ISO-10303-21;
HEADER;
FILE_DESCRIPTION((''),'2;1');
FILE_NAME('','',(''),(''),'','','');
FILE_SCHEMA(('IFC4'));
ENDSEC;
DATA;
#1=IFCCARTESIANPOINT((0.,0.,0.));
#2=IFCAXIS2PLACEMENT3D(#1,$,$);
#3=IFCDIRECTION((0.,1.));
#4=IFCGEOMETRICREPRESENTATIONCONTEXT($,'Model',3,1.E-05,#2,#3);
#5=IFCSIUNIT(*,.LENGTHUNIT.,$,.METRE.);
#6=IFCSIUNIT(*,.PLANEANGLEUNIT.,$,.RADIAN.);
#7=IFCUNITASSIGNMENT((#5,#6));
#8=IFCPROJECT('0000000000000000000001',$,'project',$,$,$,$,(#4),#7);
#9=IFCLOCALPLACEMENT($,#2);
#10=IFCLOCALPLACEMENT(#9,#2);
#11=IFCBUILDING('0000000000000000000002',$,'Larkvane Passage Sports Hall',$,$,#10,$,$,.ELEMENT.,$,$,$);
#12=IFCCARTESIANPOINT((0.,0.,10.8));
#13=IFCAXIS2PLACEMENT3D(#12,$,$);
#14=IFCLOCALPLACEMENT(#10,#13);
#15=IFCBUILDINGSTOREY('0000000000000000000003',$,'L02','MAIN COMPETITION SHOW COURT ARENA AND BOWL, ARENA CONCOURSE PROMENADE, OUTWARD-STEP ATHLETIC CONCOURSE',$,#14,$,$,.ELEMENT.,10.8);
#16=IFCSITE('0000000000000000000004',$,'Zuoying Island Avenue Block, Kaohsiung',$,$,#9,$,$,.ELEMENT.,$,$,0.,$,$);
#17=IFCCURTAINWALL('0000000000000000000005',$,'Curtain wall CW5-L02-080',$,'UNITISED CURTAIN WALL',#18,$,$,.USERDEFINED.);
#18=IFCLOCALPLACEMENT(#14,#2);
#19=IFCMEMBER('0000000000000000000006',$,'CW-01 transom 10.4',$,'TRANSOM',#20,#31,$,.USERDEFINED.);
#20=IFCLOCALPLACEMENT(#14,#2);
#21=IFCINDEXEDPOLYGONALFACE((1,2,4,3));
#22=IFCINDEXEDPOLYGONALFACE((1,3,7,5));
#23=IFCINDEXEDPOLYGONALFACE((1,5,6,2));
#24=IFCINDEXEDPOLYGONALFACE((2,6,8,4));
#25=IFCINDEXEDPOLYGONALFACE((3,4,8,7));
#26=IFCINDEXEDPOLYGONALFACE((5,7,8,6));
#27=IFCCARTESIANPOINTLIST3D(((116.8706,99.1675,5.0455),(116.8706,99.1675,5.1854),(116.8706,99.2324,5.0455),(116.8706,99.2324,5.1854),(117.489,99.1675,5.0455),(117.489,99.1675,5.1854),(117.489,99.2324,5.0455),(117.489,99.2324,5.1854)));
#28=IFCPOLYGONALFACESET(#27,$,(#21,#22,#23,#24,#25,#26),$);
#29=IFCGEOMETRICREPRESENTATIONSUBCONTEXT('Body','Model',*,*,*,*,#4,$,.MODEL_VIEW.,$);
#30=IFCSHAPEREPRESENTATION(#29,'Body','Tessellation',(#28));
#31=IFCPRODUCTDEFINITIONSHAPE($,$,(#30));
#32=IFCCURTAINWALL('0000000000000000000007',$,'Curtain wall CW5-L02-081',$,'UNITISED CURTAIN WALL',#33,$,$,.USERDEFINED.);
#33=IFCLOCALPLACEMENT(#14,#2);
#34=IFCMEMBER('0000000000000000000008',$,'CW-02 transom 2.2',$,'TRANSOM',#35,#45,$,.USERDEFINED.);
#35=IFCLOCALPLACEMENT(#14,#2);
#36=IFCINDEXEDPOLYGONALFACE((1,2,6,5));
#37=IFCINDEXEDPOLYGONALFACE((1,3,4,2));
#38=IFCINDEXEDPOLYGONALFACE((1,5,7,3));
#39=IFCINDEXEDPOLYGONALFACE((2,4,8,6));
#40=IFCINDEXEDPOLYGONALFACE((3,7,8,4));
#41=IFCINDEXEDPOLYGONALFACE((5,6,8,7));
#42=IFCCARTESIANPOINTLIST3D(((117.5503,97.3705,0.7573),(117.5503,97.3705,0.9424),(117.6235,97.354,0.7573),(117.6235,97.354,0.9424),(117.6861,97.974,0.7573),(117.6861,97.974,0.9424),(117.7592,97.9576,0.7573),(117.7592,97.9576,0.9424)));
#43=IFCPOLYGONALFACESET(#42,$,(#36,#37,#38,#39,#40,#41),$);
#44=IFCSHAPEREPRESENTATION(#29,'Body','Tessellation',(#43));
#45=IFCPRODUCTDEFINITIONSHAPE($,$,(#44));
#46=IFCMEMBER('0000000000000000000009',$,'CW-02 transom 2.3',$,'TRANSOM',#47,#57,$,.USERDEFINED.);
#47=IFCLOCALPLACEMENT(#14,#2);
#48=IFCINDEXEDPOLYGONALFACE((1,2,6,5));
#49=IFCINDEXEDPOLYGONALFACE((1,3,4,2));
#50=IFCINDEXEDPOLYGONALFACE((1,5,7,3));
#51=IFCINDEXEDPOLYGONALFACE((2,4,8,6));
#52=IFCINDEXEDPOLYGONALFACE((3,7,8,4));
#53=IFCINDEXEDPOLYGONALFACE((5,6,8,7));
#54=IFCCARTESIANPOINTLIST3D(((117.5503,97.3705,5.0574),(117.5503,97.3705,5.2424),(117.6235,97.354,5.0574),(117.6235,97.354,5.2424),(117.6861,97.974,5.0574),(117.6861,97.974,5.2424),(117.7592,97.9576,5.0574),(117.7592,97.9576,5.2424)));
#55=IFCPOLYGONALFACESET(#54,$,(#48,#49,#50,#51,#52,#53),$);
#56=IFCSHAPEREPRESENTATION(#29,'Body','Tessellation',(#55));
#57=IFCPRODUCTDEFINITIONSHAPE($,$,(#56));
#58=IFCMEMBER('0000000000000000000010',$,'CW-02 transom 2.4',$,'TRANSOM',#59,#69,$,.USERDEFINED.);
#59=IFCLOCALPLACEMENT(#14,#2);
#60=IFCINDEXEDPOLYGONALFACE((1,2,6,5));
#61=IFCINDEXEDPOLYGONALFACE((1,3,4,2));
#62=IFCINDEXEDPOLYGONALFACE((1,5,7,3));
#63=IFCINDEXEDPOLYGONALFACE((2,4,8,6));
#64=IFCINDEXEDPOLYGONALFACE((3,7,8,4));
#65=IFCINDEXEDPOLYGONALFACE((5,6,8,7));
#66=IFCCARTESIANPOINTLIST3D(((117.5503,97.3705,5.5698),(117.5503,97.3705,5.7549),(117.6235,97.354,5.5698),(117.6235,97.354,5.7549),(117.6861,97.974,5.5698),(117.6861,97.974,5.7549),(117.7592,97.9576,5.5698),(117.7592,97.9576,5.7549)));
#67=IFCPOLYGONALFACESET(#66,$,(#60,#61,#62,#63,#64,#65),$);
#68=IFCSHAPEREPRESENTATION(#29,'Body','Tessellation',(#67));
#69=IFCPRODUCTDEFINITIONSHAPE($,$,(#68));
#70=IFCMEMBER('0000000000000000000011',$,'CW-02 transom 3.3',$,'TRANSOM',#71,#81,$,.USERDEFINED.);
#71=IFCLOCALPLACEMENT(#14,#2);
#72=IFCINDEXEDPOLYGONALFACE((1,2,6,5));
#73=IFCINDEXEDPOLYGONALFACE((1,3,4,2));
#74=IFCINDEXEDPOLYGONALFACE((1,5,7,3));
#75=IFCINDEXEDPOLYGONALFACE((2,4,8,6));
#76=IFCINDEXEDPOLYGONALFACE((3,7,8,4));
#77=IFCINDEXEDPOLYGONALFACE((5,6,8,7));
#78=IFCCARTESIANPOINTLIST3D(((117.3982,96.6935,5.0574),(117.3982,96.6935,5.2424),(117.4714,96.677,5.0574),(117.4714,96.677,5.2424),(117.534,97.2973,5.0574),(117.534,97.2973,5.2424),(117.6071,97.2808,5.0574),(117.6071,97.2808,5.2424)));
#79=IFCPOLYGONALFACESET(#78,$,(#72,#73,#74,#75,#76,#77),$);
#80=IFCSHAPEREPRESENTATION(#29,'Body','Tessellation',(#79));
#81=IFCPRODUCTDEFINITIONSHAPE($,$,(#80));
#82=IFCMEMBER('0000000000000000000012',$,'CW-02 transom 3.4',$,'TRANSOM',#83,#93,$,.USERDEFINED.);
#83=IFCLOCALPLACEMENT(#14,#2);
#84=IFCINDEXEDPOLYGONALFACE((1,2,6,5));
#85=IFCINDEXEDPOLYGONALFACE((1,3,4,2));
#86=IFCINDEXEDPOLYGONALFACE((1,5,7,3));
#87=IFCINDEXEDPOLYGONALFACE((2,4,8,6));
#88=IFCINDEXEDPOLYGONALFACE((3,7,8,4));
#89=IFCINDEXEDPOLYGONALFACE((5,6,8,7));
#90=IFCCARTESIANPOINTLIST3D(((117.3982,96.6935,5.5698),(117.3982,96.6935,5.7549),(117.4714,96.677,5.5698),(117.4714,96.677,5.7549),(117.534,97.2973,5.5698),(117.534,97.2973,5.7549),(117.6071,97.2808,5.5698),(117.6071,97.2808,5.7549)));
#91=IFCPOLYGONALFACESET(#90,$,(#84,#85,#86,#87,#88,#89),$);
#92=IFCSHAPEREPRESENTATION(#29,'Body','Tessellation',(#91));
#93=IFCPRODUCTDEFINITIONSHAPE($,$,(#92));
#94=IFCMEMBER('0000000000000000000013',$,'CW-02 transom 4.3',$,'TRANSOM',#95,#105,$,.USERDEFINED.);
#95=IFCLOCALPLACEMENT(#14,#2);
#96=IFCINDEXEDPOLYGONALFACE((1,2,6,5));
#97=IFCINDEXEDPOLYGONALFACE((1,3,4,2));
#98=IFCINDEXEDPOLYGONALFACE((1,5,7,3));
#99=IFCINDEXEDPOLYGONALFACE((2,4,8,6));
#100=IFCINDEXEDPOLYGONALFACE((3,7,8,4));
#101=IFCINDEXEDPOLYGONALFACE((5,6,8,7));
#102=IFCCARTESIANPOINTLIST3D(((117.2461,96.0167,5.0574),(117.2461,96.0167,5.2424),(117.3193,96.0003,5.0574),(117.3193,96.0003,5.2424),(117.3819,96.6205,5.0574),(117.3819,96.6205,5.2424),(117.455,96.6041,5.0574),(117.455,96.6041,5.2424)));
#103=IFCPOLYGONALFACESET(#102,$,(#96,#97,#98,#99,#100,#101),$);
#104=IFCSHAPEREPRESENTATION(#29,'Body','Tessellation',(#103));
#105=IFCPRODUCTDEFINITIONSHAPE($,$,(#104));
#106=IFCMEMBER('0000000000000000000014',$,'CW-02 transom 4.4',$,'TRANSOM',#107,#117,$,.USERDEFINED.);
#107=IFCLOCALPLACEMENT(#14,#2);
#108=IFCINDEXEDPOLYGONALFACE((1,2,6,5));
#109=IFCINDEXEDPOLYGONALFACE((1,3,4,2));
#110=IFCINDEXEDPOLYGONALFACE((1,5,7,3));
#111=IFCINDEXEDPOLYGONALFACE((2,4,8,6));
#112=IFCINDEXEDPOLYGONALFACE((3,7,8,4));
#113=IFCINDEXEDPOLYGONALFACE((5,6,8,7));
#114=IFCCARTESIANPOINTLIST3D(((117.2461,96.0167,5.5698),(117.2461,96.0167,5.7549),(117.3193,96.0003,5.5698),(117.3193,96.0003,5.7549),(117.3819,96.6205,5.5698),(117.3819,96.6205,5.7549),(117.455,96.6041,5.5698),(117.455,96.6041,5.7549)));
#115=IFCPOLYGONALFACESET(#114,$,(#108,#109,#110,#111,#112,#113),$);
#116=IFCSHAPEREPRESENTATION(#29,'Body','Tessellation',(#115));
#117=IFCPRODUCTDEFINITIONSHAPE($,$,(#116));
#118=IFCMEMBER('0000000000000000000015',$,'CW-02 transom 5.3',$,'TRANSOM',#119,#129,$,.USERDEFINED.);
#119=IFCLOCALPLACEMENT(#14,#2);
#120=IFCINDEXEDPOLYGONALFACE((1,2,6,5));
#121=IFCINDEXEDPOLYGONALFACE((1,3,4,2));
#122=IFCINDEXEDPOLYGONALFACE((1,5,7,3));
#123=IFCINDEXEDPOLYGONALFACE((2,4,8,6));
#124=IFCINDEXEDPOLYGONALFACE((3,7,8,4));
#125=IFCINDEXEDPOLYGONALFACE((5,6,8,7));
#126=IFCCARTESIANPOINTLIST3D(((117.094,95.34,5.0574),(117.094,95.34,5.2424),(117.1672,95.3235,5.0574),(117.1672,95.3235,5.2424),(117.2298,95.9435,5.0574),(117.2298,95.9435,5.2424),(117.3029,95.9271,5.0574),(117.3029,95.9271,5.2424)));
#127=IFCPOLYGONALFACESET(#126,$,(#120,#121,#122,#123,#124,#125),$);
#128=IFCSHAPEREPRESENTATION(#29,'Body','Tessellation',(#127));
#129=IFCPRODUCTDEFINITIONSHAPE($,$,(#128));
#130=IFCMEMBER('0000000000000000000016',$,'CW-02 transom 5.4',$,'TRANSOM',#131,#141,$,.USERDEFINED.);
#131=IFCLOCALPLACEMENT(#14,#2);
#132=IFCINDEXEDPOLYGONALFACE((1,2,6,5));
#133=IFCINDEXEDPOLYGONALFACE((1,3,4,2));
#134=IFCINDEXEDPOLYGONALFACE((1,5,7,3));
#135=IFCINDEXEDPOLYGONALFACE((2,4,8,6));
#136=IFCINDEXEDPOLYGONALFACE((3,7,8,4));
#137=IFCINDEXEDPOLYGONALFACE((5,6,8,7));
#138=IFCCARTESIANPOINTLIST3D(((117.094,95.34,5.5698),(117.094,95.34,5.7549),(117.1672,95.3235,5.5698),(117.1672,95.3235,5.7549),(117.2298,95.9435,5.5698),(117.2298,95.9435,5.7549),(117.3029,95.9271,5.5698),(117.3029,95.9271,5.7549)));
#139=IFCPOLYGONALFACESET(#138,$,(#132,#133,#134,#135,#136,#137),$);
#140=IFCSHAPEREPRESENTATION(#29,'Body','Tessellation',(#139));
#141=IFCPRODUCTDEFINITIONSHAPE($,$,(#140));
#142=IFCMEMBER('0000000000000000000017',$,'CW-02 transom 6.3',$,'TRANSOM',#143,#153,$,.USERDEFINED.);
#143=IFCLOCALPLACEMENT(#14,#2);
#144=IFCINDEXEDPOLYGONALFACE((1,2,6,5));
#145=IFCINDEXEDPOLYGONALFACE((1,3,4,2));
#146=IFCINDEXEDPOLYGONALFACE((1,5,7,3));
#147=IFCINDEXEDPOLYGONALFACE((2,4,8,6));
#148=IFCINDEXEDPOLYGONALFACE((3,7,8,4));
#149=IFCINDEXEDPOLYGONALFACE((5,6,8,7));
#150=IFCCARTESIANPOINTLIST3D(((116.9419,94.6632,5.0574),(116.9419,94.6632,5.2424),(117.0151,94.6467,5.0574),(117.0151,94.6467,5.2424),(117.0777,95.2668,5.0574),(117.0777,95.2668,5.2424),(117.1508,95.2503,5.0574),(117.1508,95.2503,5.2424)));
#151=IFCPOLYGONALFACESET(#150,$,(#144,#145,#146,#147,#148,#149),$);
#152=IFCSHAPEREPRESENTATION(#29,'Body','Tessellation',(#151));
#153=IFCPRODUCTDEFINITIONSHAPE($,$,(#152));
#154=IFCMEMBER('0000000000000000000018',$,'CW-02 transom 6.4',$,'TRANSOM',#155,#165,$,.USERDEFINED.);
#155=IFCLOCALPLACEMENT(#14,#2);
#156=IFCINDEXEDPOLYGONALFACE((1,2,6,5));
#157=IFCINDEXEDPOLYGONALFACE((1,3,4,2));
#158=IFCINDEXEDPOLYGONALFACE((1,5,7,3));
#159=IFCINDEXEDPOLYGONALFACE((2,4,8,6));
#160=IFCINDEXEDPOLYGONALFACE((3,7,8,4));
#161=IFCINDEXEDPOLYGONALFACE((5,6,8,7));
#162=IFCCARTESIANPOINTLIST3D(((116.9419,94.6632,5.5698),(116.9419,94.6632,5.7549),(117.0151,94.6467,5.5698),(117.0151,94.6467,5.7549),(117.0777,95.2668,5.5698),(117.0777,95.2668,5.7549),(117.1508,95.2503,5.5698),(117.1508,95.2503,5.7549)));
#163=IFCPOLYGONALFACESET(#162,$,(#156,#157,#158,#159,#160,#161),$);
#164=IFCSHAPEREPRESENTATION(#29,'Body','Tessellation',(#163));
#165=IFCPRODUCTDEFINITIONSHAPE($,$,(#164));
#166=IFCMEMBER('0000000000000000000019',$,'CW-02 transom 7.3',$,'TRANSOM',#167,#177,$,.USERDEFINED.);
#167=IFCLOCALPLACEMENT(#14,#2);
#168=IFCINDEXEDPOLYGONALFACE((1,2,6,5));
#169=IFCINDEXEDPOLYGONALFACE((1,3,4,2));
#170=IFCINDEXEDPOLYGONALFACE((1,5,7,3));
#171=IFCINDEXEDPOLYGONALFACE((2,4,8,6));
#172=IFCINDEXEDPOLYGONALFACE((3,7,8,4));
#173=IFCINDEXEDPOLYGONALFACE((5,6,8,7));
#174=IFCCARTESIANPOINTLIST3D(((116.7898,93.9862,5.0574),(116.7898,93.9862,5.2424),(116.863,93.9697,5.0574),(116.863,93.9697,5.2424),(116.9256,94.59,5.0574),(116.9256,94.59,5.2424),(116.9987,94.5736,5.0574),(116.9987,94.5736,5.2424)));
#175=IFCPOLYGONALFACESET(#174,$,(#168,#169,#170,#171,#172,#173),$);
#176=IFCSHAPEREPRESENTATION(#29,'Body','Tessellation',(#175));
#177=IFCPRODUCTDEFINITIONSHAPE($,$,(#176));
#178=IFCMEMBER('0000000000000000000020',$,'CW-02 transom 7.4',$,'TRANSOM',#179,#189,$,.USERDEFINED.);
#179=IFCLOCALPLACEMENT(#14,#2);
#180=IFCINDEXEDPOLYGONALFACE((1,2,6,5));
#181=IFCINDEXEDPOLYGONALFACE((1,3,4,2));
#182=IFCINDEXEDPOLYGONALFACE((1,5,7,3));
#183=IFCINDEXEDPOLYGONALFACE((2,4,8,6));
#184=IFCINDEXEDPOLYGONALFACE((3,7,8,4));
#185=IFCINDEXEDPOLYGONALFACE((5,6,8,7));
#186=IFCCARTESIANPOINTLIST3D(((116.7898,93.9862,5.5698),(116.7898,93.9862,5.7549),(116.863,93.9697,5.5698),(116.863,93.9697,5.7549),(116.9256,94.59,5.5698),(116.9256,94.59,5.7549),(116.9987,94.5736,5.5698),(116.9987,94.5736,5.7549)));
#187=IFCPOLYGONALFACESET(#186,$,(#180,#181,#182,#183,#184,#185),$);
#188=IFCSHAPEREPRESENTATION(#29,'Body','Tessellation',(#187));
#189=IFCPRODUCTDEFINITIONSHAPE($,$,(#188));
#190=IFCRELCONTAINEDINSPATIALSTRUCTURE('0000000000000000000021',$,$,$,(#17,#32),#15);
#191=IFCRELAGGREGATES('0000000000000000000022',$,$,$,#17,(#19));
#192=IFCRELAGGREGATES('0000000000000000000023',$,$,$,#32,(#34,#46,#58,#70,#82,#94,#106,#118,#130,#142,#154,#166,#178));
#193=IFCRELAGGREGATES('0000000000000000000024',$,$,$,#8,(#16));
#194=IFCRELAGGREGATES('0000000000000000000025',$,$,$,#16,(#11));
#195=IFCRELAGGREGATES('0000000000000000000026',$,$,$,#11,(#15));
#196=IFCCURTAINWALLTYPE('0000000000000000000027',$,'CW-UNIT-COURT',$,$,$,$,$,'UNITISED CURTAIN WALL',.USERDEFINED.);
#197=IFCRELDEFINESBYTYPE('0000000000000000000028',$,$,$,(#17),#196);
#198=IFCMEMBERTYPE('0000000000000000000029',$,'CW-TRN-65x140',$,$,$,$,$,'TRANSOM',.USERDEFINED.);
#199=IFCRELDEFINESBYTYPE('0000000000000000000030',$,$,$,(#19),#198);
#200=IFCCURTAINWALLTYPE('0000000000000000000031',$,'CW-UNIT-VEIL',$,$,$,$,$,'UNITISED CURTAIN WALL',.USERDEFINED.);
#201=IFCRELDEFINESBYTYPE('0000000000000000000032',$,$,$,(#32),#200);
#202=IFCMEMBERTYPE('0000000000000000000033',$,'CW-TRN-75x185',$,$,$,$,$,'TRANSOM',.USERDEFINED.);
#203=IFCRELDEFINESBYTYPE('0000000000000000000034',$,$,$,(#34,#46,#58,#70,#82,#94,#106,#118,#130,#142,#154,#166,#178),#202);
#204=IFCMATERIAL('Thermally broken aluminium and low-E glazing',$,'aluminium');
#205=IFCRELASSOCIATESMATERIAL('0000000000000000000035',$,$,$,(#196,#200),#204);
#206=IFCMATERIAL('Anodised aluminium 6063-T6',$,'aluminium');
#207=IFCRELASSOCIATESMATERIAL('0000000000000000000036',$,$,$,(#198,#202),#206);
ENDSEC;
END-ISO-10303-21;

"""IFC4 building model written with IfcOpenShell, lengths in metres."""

from ifc_helpers import new_model, si_unit, direction, frame, origin, origin_2d, place, context, subcontext, project, spatial, rectangle, extrude, material, material_profile, profile_set, type_object, element, aggregate, save


model = new_model("IFC4")

# Units and contexts
model_context = context("Model", 3, precision=1e-05, world=origin(), true_north=direction((0.0, 1.0)))
body_context = subcontext(model_context, "Body", "Model", "MODEL_VIEW")
ifc_project = project(units=[si_unit("LENGTHUNIT", "METRE"), si_unit("PLANEANGLEUNIT", "RADIAN")], contexts=[model_context])

# Site, building, storey
site_placement = place(None, origin())
site = spatial("IfcSite", under=ifc_project, at=site_placement, Name="Zuoying Island Avenue Block, Kaohsiung", CompositionType="ELEMENT", RefElevation=0.0)
building_placement = place(site_placement, origin())
building = spatial("IfcBuilding", under=site, at=building_placement, Name="Larkvane Passage Sports Hall", CompositionType="ELEMENT")
storey_placement = place(building_placement, frame((0.0, 0.0, 10.8)))
storey = spatial("IfcBuildingStorey", under=building, at=storey_placement, Name="L02", Description="MAIN COMPETITION SHOW COURT ARENA AND BOWL, ARENA CONCOURSE PROMENADE, OUTWARD-STEP ATHLETIC CONCOURSE", CompositionType="ELEMENT", Elevation=10.8)

# Curtain wall, member
ifc_material_1 = material(Name="Thermally broken aluminium and low-E glazing", Category="aluminium")
curtain_wall_type_1 = type_object("IfcCurtainWallType", Name="CW-UNIT-COURT", ElementType="UNITISED CURTAIN WALL", PredefinedType="USERDEFINED", material=ifc_material_1)
curtain_wall_1_placement = place(storey_placement, origin())
curtain_wall_1 = element("IfcCurtainWall", 1, at=curtain_wall_1_placement, inside=storey, type_object=curtain_wall_type_1, Name="Curtain wall CW5-L02-080", ObjectType="UNITISED CURTAIN WALL", PredefinedType="USERDEFINED")
ifc_material_2 = material(Name="Anodised aluminium 6063-T6", Category="aluminium")
ifc_material_profile_1 = material_profile(ifc_material_2, rectangle(XDim=0.0649, YDim=0.1399, at=origin_2d()), Name="ALU-TRN-65x140")
ifc_profile_set_1 = profile_set([ifc_material_profile_1], Name="Anodised aluminium 6063-T6")
member_type_1 = type_object("IfcMemberType", Name="CW-TRN-65x140", ElementType="TRANSOM", PredefinedType="USERDEFINED", material=ifc_profile_set_1)
member_1_placement = place(storey_placement, frame((116.8706, 99.2, 5.1155), z_axis=(1.0, 0.0, 0.0), x_axis=(0.0, 1.0, 0.0)))
member_1 = element("IfcMember", 2, at=member_1_placement, type_object=member_type_1, Name="CW-01 transom 10.4", ObjectType="TRANSOM", PredefinedType="USERDEFINED", context=body_context, shape_type="SweptSolid", body=[
    extrude(rectangle(XDim=0.0649, YDim=0.1399, at=origin_2d()), origin(), (0.0, 0.0, 1.0), 0.6184),
])

# Curtain wall, members
curtain_wall_type_2 = type_object("IfcCurtainWallType", Name="CW-UNIT-VEIL", ElementType="UNITISED CURTAIN WALL", PredefinedType="USERDEFINED", material=ifc_material_1)
curtain_wall_2_placement = place(storey_placement, origin())
curtain_wall_2 = element("IfcCurtainWall", 3, at=curtain_wall_2_placement, inside=storey, type_object=curtain_wall_type_2, Name="Curtain wall CW5-L02-081", ObjectType="UNITISED CURTAIN WALL", PredefinedType="USERDEFINED")
ifc_material_profile_2 = material_profile(ifc_material_2, rectangle(XDim=0.075, YDim=0.1851, at=origin_2d()), Name="ALU-TRN-75x185")
ifc_profile_set_2 = profile_set([ifc_material_profile_2], Name="Anodised aluminium 6063-T6")
member_type_2 = type_object("IfcMemberType", Name="CW-TRN-75x185", ElementType="TRANSOM", PredefinedType="USERDEFINED", material=ifc_profile_set_2)
member_2_placement = place(storey_placement, frame((117.7227, 97.9658, 0.8499), z_axis=(-0.219437, -0.975627, 0.0), x_axis=(0.975627, -0.219437, 0.0)))
member_2 = element("IfcMember", 4, at=member_2_placement, type_object=member_type_2, Name="CW-02 transom 2.2", ObjectType="TRANSOM", PredefinedType="USERDEFINED", context=body_context, shape_type="SweptSolid", body=[
    extrude(rectangle(XDim=0.075, YDim=0.1851, at=origin_2d()), origin(), (0.0, 0.0, 1.0), 0.6187),
])
member_3_placement = place(storey_placement, frame((117.7227, 97.9658, 5.1499), z_axis=(-0.219437, -0.975627, 0.0), x_axis=(0.975627, -0.219437, 0.0)))
member_3 = element("IfcMember", 5, at=member_3_placement, type_object=member_type_2, Name="CW-02 transom 2.3", ObjectType="TRANSOM", PredefinedType="USERDEFINED", context=body_context, shape_type="SweptSolid", body=[
    extrude(rectangle(XDim=0.075, YDim=0.1851, at=origin_2d()), origin(), (0.0, 0.0, 1.0), 0.6187),
])
member_4_placement = place(storey_placement, frame((117.7227, 97.9658, 5.6624), z_axis=(-0.219437, -0.975627, 0.0), x_axis=(0.975627, -0.219437, 0.0)))
member_4 = element("IfcMember", 6, at=member_4_placement, type_object=member_type_2, Name="CW-02 transom 2.4", ObjectType="TRANSOM", PredefinedType="USERDEFINED", context=body_context, shape_type="SweptSolid", body=[
    extrude(rectangle(XDim=0.075, YDim=0.1851, at=origin_2d()), origin(), (0.0, 0.0, 1.0), 0.6187),
])
member_5_placement = place(storey_placement, frame((117.5706, 97.2891, 5.1499), z_axis=(-0.219353, -0.975646, 0.0), x_axis=(0.975646, -0.219353, 0.0)))
member_5 = element("IfcMember", 7, at=member_5_placement, type_object=member_type_2, Name="CW-02 transom 3.3", ObjectType="TRANSOM", PredefinedType="USERDEFINED", context=body_context, shape_type="SweptSolid", body=[
    extrude(rectangle(XDim=0.075, YDim=0.1851, at=origin_2d()), origin(), (0.0, 0.0, 1.0), 0.6189),
])
member_6_placement = place(storey_placement, frame((117.5706, 97.2891, 5.6624), z_axis=(-0.219353, -0.975646, 0.0), x_axis=(0.975646, -0.219353, 0.0)))
member_6 = element("IfcMember", 8, at=member_6_placement, type_object=member_type_2, Name="CW-02 transom 3.4", ObjectType="TRANSOM", PredefinedType="USERDEFINED", context=body_context, shape_type="SweptSolid", body=[
    extrude(rectangle(XDim=0.075, YDim=0.1851, at=origin_2d()), origin(), (0.0, 0.0, 1.0), 0.6189),
])
member_7_placement = place(storey_placement, frame((117.4185, 96.6123, 5.1499), z_axis=(-0.219353, -0.975646, 0.0), x_axis=(0.975646, -0.219353, 0.0)))
member_7 = element("IfcMember", 9, at=member_7_placement, type_object=member_type_2, Name="CW-02 transom 4.3", ObjectType="TRANSOM", PredefinedType="USERDEFINED", context=body_context, shape_type="SweptSolid", body=[
    extrude(rectangle(XDim=0.075, YDim=0.1851, at=origin_2d()), origin(), (0.0, 0.0, 1.0), 0.6189),
])
member_8_placement = place(storey_placement, frame((117.4185, 96.6123, 5.6624), z_axis=(-0.219353, -0.975646, 0.0), x_axis=(0.975646, -0.219353, 0.0)))
member_8 = element("IfcMember", 10, at=member_8_placement, type_object=member_type_2, Name="CW-02 transom 4.4", ObjectType="TRANSOM", PredefinedType="USERDEFINED", context=body_context, shape_type="SweptSolid", body=[
    extrude(rectangle(XDim=0.075, YDim=0.1851, at=origin_2d()), origin(), (0.0, 0.0, 1.0), 0.6189),
])
member_9_placement = place(storey_placement, frame((117.2664, 95.9353, 5.1499), z_axis=(-0.219437, -0.975627, 0.0), x_axis=(0.975627, -0.219437, 0.0)))
member_9 = element("IfcMember", 11, at=member_9_placement, type_object=member_type_2, Name="CW-02 transom 5.3", ObjectType="TRANSOM", PredefinedType="USERDEFINED", context=body_context, shape_type="SweptSolid", body=[
    extrude(rectangle(XDim=0.075, YDim=0.1851, at=origin_2d()), origin(), (0.0, 0.0, 1.0), 0.6187),
])
member_10_placement = place(storey_placement, frame((117.2664, 95.9353, 5.6624), z_axis=(-0.219437, -0.975627, 0.0), x_axis=(0.975627, -0.219437, 0.0)))
member_10 = element("IfcMember", 12, at=member_10_placement, type_object=member_type_2, Name="CW-02 transom 5.4", ObjectType="TRANSOM", PredefinedType="USERDEFINED", context=body_context, shape_type="SweptSolid", body=[
    extrude(rectangle(XDim=0.075, YDim=0.1851, at=origin_2d()), origin(), (0.0, 0.0, 1.0), 0.6187),
])
member_11_placement = place(storey_placement, frame((117.1143, 95.2585, 5.1499), z_axis=(-0.219437, -0.975627, 0.0), x_axis=(0.975627, -0.219437, 0.0)))
member_11 = element("IfcMember", 13, at=member_11_placement, type_object=member_type_2, Name="CW-02 transom 6.3", ObjectType="TRANSOM", PredefinedType="USERDEFINED", context=body_context, shape_type="SweptSolid", body=[
    extrude(rectangle(XDim=0.075, YDim=0.1851, at=origin_2d()), origin(), (0.0, 0.0, 1.0), 0.6187),
])
member_12_placement = place(storey_placement, frame((117.1143, 95.2585, 5.6624), z_axis=(-0.219437, -0.975627, 0.0), x_axis=(0.975627, -0.219437, 0.0)))
member_12 = element("IfcMember", 14, at=member_12_placement, type_object=member_type_2, Name="CW-02 transom 6.4", ObjectType="TRANSOM", PredefinedType="USERDEFINED", context=body_context, shape_type="SweptSolid", body=[
    extrude(rectangle(XDim=0.075, YDim=0.1851, at=origin_2d()), origin(), (0.0, 0.0, 1.0), 0.6187),
])
member_13_placement = place(storey_placement, frame((116.9622, 94.5818, 5.1499), z_axis=(-0.219353, -0.975646, 0.0), x_axis=(0.975646, -0.219353, 0.0)))
member_13 = element("IfcMember", 15, at=member_13_placement, type_object=member_type_2, Name="CW-02 transom 7.3", ObjectType="TRANSOM", PredefinedType="USERDEFINED", context=body_context, shape_type="SweptSolid", body=[
    extrude(rectangle(XDim=0.075, YDim=0.1851, at=origin_2d()), origin(), (0.0, 0.0, 1.0), 0.6189),
])
member_14_placement = place(storey_placement, frame((116.9622, 94.5818, 5.6624), z_axis=(-0.219353, -0.975646, 0.0), x_axis=(0.975646, -0.219353, 0.0)))
member_14 = element("IfcMember", 16, at=member_14_placement, type_object=member_type_2, Name="CW-02 transom 7.4", ObjectType="TRANSOM", PredefinedType="USERDEFINED", context=body_context, shape_type="SweptSolid", body=[
    extrude(rectangle(XDim=0.075, YDim=0.1851, at=origin_2d()), origin(), (0.0, 0.0, 1.0), 0.6189),
])

aggregate(curtain_wall_1, [member_1])
aggregate(curtain_wall_2, [member_2, member_3, member_4, member_5, member_6, member_7, member_8, member_9, member_10, member_11, member_12, member_13, member_14])

save(model, "model.ifc")
